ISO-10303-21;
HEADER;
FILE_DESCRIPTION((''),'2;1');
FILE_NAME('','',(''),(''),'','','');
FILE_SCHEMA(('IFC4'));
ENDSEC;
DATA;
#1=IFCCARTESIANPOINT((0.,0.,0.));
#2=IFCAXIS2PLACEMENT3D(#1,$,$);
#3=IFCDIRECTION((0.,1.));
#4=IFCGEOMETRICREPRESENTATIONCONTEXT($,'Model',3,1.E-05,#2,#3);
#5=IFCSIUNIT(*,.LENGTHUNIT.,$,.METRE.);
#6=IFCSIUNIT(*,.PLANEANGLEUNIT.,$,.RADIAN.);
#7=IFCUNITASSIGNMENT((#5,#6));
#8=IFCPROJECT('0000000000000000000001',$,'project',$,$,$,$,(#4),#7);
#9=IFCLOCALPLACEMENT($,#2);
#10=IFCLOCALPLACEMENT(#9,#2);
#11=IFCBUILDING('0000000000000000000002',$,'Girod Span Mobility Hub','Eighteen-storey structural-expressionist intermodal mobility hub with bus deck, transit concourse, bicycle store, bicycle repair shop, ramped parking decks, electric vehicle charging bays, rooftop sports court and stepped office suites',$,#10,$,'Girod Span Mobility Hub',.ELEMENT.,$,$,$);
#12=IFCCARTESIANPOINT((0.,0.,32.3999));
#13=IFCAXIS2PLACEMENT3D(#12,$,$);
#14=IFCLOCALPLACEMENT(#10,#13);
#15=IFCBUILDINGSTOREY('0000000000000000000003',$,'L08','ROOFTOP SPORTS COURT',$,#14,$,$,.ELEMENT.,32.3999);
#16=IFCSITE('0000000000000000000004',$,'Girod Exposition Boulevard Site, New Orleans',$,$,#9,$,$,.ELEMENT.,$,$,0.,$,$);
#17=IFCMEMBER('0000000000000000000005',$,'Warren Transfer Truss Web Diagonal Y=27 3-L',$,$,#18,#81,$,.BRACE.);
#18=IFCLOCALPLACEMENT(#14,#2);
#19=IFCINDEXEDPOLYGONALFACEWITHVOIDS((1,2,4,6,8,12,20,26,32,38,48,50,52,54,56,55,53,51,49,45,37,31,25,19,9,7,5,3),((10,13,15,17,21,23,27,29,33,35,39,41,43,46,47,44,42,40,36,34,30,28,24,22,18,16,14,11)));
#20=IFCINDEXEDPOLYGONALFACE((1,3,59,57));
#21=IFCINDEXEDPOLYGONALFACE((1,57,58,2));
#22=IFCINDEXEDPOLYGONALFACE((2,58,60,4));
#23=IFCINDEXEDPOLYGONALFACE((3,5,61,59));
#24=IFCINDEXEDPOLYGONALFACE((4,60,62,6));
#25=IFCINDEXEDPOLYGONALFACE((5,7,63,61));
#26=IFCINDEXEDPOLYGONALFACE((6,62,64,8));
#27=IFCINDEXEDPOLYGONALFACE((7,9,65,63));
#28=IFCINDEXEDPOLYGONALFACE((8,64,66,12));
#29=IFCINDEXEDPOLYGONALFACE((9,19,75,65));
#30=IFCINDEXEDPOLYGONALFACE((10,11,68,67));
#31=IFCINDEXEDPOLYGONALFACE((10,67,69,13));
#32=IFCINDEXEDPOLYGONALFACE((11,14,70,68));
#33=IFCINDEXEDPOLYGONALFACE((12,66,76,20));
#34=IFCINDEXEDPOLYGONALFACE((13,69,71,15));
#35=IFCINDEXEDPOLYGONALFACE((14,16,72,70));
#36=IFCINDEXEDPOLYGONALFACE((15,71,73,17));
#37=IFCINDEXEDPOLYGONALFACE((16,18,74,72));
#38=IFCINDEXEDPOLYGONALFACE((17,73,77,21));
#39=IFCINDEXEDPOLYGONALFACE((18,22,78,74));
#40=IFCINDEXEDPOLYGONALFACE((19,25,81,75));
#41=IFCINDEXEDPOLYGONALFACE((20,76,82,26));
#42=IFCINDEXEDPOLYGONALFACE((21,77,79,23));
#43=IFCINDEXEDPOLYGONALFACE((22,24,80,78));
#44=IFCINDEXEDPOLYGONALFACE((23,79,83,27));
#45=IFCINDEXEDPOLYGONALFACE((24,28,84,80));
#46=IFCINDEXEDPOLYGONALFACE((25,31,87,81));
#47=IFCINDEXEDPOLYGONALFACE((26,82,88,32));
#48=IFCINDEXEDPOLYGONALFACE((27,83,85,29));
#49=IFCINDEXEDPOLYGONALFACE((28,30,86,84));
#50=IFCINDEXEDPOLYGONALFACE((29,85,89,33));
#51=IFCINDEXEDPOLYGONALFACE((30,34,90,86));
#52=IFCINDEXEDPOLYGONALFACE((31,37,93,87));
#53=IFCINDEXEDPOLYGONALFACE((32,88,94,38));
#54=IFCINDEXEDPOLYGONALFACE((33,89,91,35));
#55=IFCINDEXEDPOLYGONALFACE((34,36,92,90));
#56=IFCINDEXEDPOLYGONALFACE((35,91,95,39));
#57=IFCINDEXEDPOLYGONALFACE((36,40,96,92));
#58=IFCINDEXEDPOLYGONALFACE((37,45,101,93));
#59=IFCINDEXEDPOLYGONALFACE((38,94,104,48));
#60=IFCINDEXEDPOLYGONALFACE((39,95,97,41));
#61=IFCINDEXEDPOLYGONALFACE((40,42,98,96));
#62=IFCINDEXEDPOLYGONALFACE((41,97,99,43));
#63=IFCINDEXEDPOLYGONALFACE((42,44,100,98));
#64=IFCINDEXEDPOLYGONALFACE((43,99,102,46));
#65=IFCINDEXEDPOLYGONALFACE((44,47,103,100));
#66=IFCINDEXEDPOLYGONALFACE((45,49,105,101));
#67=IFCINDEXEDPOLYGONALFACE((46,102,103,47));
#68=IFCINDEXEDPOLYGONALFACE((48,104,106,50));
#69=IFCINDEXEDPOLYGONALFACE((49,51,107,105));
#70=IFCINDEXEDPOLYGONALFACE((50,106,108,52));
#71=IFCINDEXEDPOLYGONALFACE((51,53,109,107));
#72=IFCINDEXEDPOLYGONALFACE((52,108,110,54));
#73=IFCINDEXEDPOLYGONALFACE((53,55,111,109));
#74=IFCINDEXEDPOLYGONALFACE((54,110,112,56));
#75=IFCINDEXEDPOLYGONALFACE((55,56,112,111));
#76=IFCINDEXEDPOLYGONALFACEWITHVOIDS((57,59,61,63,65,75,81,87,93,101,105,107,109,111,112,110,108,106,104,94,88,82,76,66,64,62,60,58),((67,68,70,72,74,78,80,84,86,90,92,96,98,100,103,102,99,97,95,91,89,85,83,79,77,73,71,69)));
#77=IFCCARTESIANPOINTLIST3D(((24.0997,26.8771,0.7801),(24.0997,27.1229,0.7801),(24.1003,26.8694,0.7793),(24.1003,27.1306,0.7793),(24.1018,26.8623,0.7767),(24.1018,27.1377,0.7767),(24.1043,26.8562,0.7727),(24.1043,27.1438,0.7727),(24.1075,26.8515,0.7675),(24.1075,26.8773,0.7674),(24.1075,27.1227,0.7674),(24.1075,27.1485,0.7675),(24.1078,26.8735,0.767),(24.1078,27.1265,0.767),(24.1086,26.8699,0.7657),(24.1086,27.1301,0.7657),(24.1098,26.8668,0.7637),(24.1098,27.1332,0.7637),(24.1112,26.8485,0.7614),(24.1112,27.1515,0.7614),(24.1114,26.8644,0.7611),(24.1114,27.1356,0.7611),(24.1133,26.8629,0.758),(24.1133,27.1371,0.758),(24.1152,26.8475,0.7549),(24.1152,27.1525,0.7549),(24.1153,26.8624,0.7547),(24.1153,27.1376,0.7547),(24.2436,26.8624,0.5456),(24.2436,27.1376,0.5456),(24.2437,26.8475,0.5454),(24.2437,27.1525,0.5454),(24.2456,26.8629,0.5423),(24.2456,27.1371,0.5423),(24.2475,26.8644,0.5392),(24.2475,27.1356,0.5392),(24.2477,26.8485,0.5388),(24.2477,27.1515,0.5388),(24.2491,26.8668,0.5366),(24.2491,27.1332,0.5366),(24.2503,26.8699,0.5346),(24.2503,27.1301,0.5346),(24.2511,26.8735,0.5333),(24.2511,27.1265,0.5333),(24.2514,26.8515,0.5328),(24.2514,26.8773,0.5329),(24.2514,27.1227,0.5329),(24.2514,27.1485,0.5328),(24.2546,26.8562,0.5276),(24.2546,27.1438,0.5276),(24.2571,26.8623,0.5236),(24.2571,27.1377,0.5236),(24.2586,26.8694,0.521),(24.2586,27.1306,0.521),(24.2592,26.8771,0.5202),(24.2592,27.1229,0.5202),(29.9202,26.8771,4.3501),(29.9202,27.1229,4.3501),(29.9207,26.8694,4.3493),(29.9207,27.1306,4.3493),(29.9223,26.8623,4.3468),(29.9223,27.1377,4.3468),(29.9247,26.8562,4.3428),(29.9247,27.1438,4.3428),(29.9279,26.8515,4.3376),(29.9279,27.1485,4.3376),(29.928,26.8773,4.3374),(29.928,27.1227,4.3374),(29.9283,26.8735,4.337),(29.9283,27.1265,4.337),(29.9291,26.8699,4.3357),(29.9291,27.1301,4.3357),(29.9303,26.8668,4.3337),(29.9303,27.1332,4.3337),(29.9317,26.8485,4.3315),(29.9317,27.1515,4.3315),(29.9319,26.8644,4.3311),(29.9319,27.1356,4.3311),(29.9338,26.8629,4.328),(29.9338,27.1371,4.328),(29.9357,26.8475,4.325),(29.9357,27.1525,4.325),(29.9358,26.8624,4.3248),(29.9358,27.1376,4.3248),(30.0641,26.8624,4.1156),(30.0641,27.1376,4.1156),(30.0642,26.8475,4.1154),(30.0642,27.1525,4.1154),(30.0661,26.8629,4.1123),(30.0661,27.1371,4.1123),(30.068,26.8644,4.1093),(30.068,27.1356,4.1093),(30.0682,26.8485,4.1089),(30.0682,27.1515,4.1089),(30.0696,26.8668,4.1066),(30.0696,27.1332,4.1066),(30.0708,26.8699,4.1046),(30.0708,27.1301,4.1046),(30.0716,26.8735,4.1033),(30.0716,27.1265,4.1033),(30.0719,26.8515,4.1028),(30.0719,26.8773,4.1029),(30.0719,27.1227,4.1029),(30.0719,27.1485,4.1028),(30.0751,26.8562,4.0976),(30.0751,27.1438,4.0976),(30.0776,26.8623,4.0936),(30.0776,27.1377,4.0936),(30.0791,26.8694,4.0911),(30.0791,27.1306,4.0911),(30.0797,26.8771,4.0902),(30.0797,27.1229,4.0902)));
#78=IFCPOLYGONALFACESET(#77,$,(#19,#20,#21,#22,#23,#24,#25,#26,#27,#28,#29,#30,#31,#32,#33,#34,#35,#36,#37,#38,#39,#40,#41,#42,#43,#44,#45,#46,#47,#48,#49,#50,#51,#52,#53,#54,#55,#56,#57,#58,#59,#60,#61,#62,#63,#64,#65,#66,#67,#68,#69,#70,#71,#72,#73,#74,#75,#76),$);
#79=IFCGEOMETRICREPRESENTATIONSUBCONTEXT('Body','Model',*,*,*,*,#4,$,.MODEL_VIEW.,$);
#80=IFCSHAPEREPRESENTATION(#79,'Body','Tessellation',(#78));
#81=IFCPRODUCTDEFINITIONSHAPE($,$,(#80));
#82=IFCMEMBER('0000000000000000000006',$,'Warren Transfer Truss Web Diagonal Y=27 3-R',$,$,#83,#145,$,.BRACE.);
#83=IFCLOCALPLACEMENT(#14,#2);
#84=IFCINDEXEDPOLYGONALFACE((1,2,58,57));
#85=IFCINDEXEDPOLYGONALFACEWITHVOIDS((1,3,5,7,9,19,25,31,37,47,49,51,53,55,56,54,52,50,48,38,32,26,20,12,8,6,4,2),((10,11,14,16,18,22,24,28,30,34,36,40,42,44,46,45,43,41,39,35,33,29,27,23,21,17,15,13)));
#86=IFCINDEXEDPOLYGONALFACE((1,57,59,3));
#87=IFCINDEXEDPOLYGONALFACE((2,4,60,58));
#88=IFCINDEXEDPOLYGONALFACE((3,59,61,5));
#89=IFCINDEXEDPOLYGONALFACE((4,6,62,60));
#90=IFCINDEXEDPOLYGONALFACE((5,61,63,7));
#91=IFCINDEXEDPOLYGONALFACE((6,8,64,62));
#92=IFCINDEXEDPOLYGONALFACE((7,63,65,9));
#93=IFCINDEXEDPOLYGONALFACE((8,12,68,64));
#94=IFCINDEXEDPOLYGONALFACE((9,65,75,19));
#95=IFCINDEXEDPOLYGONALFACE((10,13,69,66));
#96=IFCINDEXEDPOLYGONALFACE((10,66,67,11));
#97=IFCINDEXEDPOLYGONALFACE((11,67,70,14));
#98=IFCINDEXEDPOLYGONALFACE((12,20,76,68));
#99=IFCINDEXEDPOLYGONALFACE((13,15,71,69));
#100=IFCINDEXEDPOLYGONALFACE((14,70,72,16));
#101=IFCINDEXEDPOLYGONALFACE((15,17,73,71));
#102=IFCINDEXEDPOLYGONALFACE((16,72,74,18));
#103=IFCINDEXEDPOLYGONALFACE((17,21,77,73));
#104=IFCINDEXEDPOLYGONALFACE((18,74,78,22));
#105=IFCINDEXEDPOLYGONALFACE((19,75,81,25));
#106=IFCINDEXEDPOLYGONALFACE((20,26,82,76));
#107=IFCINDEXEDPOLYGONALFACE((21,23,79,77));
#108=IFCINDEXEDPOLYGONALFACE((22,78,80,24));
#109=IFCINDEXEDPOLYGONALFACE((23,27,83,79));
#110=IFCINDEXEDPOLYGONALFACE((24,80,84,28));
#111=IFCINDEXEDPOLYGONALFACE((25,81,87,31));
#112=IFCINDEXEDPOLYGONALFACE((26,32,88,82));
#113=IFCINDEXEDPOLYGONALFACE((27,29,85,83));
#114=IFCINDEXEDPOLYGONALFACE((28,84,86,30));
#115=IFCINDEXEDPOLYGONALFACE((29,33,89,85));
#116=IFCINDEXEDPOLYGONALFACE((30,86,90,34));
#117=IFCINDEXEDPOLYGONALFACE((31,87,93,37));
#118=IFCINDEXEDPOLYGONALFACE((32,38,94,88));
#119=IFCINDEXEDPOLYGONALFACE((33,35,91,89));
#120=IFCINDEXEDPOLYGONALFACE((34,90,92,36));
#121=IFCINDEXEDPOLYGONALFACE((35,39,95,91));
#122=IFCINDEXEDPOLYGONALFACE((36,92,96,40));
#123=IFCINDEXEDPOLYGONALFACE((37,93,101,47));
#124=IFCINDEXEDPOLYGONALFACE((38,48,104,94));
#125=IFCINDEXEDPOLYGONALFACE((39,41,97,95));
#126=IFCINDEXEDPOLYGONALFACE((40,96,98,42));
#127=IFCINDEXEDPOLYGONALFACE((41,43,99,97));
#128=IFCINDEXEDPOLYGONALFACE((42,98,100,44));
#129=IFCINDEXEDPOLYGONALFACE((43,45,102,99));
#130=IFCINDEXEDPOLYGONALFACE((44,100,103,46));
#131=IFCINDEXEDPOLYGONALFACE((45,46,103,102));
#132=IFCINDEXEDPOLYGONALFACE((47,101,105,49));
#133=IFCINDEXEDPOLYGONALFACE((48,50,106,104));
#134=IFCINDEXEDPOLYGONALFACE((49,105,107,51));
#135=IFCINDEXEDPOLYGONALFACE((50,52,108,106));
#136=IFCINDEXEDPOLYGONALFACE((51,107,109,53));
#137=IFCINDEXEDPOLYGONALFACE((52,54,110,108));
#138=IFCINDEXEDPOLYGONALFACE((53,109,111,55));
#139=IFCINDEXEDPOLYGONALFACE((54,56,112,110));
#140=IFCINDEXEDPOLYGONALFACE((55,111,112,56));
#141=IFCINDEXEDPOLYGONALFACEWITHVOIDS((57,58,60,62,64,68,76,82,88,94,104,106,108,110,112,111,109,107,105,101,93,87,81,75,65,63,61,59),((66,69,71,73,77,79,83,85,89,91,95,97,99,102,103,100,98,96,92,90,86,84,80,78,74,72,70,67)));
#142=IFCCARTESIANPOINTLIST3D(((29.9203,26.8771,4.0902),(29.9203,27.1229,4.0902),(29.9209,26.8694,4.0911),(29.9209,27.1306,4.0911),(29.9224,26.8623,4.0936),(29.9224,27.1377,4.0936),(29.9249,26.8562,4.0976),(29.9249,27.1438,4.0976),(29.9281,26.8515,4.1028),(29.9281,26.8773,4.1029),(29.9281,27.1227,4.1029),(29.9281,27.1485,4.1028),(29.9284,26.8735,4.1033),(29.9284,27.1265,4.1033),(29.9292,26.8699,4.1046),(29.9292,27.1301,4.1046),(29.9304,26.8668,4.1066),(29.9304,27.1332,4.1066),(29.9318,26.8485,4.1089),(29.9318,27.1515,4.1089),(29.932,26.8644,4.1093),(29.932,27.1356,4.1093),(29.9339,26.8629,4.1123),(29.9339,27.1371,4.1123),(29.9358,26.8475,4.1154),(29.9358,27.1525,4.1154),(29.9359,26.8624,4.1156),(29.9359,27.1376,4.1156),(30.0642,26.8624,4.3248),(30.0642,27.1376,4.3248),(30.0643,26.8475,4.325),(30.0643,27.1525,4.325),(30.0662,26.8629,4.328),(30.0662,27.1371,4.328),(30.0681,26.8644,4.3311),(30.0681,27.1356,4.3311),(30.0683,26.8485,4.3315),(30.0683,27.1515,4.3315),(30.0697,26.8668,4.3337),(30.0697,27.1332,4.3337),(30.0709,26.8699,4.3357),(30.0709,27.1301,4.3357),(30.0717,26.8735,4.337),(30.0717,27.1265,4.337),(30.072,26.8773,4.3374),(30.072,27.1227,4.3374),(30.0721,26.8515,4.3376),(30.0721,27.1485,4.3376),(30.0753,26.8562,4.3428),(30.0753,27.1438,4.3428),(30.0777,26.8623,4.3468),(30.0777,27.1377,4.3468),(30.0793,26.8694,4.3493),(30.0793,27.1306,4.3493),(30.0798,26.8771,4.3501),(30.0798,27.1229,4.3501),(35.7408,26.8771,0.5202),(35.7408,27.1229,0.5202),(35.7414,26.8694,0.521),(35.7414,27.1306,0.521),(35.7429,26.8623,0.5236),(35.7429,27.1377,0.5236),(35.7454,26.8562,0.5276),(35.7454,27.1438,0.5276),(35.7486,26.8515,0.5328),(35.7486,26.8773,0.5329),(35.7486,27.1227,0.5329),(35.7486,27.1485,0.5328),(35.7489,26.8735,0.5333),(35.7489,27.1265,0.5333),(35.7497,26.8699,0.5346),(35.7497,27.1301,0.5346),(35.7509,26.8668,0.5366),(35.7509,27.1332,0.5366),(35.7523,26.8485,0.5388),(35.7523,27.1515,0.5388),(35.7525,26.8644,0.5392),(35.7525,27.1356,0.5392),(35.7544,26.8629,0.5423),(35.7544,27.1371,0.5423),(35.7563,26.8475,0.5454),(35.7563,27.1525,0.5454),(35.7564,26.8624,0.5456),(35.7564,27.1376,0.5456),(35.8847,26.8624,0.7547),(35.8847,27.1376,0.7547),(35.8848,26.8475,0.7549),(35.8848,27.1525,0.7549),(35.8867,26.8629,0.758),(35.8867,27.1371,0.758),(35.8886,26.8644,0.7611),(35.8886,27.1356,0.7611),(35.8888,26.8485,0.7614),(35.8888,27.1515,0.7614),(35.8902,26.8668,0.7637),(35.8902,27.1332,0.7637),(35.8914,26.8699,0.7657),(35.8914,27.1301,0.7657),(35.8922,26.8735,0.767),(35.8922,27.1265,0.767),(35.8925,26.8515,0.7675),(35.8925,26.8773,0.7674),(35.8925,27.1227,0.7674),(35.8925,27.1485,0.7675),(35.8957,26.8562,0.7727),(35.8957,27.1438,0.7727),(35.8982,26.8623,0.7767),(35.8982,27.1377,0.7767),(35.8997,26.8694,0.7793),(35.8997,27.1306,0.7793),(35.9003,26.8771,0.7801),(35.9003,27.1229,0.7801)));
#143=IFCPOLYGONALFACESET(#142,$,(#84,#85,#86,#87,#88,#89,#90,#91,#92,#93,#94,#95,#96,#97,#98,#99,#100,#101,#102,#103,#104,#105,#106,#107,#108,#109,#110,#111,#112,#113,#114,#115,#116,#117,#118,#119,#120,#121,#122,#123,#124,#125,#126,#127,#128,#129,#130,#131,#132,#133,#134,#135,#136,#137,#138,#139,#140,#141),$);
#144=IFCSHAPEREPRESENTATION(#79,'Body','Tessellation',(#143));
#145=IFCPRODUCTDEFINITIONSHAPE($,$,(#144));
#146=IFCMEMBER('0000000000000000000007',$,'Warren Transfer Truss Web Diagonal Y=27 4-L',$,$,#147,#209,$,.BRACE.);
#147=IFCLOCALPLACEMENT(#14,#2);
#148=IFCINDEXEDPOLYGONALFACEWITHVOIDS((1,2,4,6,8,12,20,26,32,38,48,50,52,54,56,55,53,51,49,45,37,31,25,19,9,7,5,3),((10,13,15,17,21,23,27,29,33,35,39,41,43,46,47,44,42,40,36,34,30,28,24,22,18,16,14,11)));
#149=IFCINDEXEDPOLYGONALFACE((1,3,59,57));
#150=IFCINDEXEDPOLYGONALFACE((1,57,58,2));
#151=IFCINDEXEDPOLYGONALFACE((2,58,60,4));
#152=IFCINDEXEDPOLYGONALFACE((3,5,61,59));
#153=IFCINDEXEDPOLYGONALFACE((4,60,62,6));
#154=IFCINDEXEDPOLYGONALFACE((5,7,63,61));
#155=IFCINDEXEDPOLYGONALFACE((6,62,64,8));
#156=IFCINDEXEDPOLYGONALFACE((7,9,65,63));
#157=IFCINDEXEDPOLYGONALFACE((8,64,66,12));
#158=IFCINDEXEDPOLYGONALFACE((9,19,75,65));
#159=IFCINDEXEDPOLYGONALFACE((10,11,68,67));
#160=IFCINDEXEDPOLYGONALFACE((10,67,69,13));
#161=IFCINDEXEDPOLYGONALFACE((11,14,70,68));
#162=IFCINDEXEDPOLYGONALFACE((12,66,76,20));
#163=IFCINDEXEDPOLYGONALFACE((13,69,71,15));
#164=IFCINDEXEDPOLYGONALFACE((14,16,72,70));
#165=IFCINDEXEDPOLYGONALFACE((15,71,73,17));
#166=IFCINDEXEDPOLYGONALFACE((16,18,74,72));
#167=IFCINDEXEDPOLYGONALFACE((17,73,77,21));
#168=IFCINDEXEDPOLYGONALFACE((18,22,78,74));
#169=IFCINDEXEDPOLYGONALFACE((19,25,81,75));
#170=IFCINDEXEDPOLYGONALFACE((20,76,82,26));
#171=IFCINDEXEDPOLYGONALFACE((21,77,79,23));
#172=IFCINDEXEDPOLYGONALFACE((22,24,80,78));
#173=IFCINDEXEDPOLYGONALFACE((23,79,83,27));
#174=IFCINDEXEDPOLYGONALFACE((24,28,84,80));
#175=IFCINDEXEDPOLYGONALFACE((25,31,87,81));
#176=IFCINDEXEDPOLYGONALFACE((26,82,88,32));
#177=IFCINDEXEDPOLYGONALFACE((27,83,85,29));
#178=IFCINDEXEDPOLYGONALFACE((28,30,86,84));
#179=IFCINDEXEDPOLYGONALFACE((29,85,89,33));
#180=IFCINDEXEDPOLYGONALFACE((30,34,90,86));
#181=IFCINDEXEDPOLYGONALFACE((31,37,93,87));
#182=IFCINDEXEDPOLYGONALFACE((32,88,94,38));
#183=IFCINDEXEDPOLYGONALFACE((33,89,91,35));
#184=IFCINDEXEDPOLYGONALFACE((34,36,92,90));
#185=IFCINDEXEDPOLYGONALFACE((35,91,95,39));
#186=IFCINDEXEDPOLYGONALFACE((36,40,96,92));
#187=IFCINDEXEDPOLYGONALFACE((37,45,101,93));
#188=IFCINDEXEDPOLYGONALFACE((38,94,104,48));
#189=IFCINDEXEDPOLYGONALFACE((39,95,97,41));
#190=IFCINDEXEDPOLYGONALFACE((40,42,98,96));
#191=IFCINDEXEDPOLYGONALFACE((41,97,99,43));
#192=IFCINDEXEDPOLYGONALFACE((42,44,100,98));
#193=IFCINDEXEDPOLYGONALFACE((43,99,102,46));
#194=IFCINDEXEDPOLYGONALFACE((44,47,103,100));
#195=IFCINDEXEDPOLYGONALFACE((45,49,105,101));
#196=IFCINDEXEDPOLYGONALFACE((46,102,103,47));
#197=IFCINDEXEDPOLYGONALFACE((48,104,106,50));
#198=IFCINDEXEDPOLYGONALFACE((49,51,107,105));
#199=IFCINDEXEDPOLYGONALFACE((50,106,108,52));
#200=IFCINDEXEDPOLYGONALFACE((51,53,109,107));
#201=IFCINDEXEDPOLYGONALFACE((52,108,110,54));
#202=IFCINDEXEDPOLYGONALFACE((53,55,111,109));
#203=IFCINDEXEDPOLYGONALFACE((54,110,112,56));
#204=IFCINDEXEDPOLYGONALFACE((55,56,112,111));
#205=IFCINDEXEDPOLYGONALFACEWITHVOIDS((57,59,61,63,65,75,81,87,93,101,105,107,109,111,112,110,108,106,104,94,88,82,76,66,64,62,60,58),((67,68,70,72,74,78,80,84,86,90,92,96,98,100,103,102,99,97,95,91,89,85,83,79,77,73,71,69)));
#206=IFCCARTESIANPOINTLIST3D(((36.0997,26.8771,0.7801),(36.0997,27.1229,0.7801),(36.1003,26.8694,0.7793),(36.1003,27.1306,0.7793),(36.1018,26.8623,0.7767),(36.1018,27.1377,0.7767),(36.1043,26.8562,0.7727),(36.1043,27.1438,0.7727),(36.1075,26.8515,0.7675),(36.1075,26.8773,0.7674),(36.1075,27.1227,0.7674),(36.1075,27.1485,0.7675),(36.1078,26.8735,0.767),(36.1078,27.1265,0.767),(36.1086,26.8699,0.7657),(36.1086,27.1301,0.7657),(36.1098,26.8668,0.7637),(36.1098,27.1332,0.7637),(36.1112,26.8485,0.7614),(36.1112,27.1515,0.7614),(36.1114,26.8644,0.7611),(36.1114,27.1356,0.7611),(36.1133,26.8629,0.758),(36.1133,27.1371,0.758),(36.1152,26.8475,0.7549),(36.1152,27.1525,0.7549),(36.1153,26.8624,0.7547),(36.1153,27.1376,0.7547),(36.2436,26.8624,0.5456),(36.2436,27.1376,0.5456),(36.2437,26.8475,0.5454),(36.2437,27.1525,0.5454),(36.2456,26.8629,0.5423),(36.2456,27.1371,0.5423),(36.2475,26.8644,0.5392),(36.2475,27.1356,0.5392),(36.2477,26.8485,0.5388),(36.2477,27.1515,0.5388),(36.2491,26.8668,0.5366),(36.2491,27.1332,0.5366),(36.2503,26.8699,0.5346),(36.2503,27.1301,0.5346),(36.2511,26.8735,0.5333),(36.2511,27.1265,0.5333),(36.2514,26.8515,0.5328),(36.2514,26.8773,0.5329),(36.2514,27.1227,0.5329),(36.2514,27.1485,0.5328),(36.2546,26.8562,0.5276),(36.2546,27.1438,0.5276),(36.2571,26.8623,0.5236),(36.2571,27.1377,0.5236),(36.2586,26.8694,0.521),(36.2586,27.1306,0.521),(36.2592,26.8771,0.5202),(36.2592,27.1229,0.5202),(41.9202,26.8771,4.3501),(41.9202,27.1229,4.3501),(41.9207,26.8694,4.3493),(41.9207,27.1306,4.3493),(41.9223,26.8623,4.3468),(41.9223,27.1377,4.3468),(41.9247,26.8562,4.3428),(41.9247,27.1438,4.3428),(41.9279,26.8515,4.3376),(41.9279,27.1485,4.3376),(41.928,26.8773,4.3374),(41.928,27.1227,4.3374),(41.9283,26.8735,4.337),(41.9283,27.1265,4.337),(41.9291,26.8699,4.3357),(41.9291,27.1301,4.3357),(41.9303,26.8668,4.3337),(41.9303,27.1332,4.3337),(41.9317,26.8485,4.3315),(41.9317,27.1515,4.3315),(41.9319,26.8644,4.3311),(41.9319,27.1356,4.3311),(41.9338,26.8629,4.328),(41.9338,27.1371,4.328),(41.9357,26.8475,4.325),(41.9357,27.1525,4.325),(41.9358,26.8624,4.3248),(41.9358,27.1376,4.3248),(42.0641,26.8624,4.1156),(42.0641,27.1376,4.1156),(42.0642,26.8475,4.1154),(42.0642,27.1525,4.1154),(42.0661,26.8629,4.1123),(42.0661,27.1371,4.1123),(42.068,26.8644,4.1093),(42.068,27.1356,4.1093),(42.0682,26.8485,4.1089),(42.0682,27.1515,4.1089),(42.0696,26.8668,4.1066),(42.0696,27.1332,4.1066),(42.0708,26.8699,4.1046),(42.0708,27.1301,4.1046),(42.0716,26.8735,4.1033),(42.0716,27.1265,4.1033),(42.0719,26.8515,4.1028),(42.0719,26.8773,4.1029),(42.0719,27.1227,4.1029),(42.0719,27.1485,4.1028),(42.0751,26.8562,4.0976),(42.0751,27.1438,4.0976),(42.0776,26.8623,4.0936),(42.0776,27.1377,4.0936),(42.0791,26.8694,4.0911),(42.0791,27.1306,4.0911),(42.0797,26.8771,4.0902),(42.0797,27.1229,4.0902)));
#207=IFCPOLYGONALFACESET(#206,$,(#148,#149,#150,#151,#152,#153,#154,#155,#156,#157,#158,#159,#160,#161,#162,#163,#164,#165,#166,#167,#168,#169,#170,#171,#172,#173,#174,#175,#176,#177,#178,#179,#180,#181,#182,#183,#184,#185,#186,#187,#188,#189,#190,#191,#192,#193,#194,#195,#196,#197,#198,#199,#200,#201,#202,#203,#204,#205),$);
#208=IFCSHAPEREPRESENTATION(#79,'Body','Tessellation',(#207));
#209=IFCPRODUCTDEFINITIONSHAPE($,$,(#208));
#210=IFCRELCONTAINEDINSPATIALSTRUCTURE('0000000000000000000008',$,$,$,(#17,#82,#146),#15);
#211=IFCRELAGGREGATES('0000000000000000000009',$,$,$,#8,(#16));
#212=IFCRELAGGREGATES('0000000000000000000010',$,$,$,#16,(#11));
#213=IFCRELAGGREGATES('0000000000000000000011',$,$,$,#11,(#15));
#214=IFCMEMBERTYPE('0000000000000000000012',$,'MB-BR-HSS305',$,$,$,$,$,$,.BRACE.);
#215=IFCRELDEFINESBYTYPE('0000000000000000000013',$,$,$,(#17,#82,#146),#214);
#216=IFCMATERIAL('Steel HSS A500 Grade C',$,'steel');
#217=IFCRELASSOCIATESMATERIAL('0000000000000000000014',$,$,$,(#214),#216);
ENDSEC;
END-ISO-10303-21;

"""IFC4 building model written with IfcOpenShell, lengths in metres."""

from ifc_helpers import new_model, si_unit, direction, frame, origin, origin_2d, place, context, subcontext, project, spatial, hollow_rectangle, extrude, material, material_profile, profile_set, type_object, element, save


model = new_model("IFC4")

# Units and contexts
model_context = context("Model", 3, precision=1e-05, world=origin(), true_north=direction((0.0, 1.0)))
body_context = subcontext(model_context, "Body", "Model", "MODEL_VIEW")
ifc_project = project(units=[si_unit("LENGTHUNIT", "METRE"), si_unit("PLANEANGLEUNIT", "RADIAN")], contexts=[model_context])

# Site, building, storey
site_placement = place(None, origin())
site = spatial("IfcSite", under=ifc_project, at=site_placement, Name="Girod Exposition Boulevard Site, New Orleans", CompositionType="ELEMENT", RefElevation=0.0)
building_placement = place(site_placement, origin())
building = spatial("IfcBuilding", under=site, at=building_placement, Name="Girod Span Mobility Hub", Description="Eighteen-storey structural-expressionist intermodal mobility hub with bus deck, transit concourse, bicycle store, bicycle repair shop, ramped parking decks, electric vehicle charging bays, rooftop sports court and stepped office suites", LongName="Girod Span Mobility Hub", CompositionType="ELEMENT")
storey_placement = place(building_placement, frame((0.0, 0.0, 32.3999)))
storey = spatial("IfcBuildingStorey", under=building, at=storey_placement, Name="L08", Description="ROOFTOP SPORTS COURT", CompositionType="ELEMENT", Elevation=32.3999)

# Members
ifc_material_1 = material(Name="Steel HSS A500 Grade C", Category="steel")
ifc_material_profile_1 = material_profile(ifc_material_1, hollow_rectangle(XDim=0.3049, YDim=0.3049, WallThickness=0.0149, InnerFilletRadius=0.0149, OuterFilletRadius=0.0295, at=origin_2d()), Name="HSS305X305X16")
ifc_profile_set_1 = profile_set([ifc_material_profile_1], Name="Steel HSS A500 Grade C")
member_type_1 = type_object("IfcMemberType", Name="MB-BR-HSS305", PredefinedType="BRACE", material=ifc_profile_set_1)
for number, where, z_axis, x_axis, name in (
    (1, (24.1794, 27.0, 0.6501), (0.85243, 0.0, 0.522842), (0.0, 1.0, 0.0), "Warren Transfer Truss Web Diagonal Y=27 3-L"),
    (2, (35.8206, 27.0, 0.6501), (-0.85243, 0.0, 0.522842), (0.0, -1.0, 0.0), "Warren Transfer Truss Web Diagonal Y=27 3-R"),
    (3, (36.1794, 27.0, 0.6501), (0.85243, 0.0, 0.522842), (0.0, 1.0, 0.0), "Warren Transfer Truss Web Diagonal Y=27 4-L"),
):
    element("IfcMember", number, at=place(storey_placement, frame(where, z_axis=z_axis, x_axis=x_axis)), inside=storey, type_object=member_type_1, Name=name, PredefinedType="BRACE", context=body_context, shape_type="SweptSolid", body=[
        extrude(hollow_rectangle(XDim=0.3049, YDim=0.3049, WallThickness=0.0149, InnerFilletRadius=0.0149, OuterFilletRadius=0.0295, at=origin_2d()), origin(), (0.0, 0.0, 1.0), 6.8281),
    ])

save(model, "model.ifc")
